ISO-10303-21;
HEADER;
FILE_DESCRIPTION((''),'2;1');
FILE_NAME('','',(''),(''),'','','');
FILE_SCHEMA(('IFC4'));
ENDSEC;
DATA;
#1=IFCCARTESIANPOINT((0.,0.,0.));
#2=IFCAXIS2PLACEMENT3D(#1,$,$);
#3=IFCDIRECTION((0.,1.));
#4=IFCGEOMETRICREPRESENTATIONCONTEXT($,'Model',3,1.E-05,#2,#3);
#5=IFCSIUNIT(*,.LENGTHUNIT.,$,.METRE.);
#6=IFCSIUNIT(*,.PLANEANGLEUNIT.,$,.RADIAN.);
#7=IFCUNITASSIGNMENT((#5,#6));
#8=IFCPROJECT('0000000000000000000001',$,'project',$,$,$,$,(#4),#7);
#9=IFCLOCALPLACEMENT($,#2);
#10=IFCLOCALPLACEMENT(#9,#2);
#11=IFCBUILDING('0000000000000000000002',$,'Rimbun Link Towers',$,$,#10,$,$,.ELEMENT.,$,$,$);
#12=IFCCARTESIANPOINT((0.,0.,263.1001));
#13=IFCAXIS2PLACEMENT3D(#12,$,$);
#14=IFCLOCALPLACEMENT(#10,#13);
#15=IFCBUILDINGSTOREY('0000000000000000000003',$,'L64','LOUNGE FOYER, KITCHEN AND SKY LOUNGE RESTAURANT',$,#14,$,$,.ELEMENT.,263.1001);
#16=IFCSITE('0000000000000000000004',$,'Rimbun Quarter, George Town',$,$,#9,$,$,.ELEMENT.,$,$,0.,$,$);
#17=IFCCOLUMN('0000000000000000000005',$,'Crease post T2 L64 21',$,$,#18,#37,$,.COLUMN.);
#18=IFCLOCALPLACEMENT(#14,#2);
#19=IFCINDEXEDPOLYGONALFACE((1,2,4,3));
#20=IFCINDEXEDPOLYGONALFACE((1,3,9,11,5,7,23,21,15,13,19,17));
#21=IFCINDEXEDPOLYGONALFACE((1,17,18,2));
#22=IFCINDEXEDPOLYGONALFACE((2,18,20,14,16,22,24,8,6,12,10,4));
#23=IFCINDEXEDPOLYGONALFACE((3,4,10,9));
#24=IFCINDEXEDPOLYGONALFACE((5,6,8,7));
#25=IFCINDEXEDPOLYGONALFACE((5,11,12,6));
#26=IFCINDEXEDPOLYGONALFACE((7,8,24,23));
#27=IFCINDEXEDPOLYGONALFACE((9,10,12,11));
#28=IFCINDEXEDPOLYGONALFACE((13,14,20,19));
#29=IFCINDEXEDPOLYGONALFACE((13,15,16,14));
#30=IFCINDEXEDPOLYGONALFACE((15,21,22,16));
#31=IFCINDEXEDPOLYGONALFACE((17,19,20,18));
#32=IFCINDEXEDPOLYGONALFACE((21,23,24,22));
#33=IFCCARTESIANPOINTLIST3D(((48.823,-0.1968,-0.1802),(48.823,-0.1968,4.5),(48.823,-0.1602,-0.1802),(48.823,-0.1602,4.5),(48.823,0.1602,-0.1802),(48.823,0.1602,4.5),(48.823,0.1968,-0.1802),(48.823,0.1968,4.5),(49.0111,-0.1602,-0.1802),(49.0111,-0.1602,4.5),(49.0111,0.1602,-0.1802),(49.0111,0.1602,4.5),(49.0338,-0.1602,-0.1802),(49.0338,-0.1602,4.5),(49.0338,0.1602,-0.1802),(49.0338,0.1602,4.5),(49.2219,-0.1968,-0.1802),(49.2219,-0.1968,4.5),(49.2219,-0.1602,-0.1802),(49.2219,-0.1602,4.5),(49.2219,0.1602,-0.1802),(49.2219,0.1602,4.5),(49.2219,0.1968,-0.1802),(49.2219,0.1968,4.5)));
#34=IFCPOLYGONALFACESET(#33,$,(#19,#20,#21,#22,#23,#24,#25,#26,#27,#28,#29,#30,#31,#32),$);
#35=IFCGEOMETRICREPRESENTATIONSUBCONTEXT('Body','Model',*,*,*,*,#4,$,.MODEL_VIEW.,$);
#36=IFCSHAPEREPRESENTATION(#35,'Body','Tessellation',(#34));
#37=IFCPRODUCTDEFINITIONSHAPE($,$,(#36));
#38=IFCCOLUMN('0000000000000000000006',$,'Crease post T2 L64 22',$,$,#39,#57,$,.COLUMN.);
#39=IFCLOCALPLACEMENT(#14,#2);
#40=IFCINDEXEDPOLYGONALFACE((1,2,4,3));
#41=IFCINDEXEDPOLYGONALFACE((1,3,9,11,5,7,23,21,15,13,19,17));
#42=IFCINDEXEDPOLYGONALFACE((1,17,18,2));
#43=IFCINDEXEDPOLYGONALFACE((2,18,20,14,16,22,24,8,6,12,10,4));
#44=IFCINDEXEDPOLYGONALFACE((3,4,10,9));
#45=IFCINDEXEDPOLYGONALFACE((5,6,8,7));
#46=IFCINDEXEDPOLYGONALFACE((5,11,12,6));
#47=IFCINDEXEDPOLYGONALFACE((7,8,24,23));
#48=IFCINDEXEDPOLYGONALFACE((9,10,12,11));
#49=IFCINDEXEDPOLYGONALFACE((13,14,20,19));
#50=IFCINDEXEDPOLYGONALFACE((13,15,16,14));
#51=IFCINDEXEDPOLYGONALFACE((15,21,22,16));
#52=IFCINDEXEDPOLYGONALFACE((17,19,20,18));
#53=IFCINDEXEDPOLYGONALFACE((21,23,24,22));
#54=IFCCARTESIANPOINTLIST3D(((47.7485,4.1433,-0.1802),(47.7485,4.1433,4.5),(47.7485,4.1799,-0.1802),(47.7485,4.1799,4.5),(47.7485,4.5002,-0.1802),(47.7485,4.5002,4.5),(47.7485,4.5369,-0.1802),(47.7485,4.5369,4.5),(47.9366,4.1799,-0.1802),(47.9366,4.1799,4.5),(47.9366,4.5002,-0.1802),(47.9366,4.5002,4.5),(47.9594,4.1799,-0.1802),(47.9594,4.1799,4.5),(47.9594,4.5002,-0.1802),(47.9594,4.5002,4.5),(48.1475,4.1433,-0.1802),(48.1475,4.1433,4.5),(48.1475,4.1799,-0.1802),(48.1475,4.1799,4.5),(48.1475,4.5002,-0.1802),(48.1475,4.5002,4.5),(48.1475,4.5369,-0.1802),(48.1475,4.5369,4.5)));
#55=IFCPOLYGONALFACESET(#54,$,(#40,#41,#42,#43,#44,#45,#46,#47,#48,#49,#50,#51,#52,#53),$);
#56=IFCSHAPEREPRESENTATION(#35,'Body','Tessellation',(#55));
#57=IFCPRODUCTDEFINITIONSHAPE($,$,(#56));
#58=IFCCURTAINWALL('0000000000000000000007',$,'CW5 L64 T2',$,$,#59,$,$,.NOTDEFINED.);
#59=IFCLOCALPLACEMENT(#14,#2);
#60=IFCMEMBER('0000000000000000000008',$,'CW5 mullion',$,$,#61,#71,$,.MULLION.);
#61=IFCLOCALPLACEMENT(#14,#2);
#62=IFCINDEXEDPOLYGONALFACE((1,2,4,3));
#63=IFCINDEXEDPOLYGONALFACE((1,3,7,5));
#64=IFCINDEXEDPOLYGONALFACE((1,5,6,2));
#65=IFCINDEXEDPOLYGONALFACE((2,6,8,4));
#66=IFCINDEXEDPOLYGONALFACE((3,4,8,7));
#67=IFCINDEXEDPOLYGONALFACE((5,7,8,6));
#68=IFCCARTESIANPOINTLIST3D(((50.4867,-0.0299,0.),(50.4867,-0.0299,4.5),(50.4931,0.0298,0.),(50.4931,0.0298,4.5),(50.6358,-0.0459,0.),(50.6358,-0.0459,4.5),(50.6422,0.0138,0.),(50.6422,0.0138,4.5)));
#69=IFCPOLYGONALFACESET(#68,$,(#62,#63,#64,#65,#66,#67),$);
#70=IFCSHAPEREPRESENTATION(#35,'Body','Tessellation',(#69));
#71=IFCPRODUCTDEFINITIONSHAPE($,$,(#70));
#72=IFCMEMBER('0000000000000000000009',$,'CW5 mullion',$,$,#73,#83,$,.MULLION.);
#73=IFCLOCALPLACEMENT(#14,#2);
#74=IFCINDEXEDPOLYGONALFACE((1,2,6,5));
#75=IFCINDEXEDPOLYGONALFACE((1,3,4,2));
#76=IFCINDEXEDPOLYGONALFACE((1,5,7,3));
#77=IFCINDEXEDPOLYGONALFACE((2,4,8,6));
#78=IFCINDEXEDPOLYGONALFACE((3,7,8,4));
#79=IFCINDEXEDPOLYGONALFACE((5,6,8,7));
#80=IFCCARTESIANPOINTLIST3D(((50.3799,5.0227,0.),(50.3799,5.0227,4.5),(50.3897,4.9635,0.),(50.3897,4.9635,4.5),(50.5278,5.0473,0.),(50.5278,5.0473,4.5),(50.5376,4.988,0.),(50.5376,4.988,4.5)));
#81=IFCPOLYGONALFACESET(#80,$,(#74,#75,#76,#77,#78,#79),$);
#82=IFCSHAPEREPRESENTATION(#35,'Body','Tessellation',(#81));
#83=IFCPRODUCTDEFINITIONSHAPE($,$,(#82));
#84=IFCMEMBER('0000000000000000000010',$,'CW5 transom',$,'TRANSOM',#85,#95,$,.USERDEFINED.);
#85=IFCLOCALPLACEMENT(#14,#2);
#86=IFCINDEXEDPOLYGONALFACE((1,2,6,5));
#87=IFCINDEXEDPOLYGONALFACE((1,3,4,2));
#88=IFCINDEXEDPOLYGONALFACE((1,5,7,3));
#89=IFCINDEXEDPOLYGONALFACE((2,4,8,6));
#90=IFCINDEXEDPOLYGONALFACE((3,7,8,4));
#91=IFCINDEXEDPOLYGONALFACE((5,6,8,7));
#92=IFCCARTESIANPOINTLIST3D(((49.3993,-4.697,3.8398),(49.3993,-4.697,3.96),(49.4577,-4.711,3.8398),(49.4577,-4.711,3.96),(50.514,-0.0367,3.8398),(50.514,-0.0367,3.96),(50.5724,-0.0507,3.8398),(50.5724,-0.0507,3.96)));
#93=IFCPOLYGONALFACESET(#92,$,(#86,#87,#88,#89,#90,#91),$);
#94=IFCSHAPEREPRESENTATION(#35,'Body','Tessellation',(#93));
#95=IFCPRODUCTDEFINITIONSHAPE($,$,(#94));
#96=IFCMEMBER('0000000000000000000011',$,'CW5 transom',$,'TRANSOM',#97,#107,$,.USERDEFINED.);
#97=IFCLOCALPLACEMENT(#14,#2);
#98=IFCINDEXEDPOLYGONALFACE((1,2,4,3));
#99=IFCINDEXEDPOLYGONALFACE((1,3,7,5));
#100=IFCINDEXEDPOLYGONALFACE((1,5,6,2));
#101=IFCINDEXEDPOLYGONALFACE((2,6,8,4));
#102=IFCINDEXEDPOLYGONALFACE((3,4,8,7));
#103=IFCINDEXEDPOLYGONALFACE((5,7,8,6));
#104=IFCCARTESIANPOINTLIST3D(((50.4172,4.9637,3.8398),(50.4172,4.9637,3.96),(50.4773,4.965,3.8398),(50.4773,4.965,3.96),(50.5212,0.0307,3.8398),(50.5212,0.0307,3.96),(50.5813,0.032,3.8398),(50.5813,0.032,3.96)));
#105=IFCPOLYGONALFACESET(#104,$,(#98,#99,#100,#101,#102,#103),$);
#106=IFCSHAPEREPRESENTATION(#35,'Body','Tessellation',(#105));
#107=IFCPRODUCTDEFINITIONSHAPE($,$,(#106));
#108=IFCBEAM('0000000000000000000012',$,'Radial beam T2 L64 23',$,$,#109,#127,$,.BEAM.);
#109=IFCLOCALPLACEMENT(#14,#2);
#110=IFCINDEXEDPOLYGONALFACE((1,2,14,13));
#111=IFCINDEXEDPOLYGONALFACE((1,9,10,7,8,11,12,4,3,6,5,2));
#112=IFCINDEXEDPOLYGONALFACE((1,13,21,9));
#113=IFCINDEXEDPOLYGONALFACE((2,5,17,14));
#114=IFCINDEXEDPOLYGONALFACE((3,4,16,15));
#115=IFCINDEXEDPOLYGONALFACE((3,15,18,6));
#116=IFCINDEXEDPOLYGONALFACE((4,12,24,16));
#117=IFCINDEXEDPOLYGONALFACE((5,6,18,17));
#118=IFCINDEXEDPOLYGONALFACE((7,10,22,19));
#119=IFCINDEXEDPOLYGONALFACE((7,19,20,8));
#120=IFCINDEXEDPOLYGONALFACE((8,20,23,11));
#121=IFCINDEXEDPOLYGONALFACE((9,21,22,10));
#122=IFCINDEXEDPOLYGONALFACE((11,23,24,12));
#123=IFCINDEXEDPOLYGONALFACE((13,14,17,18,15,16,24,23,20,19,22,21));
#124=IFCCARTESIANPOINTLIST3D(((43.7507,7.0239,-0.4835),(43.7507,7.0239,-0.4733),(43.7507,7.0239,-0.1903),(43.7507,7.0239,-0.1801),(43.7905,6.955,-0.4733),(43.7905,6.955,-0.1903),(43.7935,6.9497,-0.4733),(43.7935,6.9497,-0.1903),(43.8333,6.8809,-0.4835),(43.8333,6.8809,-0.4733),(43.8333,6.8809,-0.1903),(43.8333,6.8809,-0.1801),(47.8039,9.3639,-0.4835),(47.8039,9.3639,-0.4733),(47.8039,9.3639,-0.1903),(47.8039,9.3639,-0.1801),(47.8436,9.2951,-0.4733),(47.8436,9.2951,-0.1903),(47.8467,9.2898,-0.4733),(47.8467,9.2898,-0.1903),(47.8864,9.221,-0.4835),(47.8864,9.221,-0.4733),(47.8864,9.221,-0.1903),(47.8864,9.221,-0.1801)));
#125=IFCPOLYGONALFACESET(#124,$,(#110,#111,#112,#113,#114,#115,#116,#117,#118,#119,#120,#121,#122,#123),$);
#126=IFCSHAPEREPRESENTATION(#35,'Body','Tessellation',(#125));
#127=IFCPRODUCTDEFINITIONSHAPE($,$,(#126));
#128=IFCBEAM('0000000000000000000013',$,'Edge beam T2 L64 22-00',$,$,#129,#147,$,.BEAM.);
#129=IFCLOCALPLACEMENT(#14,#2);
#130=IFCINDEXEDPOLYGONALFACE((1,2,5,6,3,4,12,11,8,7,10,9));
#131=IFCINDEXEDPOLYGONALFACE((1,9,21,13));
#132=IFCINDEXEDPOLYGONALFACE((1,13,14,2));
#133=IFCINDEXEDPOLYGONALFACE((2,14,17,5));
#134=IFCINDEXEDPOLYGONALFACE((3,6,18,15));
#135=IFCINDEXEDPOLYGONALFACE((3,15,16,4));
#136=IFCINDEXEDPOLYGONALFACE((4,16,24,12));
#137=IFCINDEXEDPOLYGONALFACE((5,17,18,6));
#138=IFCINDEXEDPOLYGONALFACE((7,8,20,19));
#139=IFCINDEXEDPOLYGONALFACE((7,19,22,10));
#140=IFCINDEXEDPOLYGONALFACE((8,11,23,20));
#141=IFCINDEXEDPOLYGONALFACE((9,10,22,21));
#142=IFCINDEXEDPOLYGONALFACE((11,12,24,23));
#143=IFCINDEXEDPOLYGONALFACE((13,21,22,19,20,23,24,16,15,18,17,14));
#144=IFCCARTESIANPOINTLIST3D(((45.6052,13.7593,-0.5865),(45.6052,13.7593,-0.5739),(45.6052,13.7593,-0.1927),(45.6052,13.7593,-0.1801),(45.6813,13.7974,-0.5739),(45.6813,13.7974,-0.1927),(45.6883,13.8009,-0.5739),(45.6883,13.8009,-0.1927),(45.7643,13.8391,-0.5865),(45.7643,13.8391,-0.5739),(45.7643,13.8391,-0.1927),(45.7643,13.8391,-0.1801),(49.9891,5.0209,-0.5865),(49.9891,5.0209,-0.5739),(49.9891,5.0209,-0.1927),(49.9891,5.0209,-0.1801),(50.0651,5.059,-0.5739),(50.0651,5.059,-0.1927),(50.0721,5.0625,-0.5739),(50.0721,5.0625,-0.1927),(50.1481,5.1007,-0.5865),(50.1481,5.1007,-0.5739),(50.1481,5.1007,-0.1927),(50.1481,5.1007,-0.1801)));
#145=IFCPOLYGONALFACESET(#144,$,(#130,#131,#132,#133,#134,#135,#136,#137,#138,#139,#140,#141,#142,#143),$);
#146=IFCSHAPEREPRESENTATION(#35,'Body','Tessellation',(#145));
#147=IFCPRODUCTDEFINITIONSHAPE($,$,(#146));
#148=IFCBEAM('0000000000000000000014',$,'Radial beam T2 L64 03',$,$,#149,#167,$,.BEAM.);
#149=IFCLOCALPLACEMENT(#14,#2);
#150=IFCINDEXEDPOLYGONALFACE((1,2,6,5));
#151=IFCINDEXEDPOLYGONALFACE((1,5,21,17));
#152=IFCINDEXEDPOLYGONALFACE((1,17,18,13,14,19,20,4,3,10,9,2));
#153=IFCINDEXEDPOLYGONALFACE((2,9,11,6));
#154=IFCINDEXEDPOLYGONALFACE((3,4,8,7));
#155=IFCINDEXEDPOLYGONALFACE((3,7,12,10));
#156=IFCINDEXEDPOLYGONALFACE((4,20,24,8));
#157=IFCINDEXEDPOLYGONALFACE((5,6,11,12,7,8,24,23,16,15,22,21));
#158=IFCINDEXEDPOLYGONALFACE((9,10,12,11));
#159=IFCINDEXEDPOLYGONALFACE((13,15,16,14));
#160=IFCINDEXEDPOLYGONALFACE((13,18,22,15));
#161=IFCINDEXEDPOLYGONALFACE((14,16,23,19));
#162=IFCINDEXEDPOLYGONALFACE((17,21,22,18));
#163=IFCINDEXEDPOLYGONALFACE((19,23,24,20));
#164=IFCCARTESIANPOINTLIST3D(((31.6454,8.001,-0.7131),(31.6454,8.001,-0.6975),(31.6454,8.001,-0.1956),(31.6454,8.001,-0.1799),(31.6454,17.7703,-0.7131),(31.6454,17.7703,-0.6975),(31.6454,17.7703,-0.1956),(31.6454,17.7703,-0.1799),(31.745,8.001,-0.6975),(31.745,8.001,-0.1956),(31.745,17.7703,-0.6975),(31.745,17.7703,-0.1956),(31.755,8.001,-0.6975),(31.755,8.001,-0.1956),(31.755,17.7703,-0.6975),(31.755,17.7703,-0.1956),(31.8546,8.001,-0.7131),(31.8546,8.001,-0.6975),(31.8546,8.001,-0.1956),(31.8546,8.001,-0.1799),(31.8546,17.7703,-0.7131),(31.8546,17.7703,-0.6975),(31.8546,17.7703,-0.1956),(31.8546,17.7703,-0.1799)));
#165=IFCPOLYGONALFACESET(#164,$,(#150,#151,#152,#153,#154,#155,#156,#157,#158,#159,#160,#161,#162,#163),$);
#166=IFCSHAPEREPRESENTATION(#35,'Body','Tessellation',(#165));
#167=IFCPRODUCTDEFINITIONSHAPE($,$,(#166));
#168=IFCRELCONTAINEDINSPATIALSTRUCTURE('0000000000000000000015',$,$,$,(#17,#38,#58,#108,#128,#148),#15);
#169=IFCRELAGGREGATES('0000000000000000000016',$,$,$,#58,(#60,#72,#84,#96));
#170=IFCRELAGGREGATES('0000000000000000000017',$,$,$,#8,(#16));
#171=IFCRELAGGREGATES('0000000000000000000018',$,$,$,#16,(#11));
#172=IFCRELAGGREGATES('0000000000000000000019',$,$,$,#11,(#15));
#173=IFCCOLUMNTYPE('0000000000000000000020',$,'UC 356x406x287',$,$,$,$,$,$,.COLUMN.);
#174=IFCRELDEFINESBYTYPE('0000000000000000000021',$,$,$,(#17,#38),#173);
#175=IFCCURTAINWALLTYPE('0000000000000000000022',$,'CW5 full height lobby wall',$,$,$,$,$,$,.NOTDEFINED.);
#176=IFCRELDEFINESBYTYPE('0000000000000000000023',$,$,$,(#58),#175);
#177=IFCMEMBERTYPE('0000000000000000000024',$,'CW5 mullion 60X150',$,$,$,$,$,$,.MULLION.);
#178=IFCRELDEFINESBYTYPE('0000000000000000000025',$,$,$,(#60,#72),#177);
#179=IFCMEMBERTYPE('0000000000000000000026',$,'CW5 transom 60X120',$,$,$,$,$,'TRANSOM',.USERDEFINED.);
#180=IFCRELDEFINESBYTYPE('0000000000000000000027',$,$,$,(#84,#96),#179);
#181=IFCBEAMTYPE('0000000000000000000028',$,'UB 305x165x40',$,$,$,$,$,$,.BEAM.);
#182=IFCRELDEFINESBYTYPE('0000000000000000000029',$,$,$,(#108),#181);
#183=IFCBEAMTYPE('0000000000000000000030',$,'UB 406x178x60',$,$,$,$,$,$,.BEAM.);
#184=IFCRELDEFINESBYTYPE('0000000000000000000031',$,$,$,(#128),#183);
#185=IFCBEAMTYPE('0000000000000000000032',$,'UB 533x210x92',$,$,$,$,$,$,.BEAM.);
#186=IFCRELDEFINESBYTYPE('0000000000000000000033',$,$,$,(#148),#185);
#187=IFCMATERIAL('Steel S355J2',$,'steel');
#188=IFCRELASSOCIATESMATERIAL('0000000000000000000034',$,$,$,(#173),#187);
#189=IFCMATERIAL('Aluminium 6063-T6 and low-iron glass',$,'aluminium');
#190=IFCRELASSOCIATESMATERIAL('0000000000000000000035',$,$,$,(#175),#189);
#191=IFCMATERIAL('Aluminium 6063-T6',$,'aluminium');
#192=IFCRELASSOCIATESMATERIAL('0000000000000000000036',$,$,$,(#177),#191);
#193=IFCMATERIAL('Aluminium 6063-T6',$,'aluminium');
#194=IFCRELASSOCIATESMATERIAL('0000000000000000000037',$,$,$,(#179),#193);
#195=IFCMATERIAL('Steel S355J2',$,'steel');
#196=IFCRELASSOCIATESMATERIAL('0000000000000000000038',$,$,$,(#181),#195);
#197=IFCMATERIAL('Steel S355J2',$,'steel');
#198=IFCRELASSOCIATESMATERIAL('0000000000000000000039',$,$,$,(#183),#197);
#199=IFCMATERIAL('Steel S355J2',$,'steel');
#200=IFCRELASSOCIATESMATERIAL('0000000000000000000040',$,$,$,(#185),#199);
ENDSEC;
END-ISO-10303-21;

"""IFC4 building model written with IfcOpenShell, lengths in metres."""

from ifc_helpers import new_model, si_unit, direction, frame, origin, origin_2d, place, context, subcontext, project, spatial, rectangle, i_section, extrude, material, material_profile, profile_set, type_object, element, aggregate, save


model = new_model("IFC4")

# Units and contexts
model_context = context("Model", 3, precision=1e-05, world=origin(), true_north=direction((0.0, 1.0)))
body_context = subcontext(model_context, "Body", "Model", "MODEL_VIEW")
ifc_project = project(units=[si_unit("LENGTHUNIT", "METRE"), si_unit("PLANEANGLEUNIT", "RADIAN")], contexts=[model_context])

# Site, building, storey
site_placement = place(None, origin())
site = spatial("IfcSite", under=ifc_project, at=site_placement, Name="Rimbun Quarter, George Town", CompositionType="ELEMENT", RefElevation=0.0)
building_placement = place(site_placement, origin())
building = spatial("IfcBuilding", under=site, at=building_placement, Name="Rimbun Link Towers", CompositionType="ELEMENT")
storey_placement = place(building_placement, frame((0.0, 0.0, 263.1001)))
storey = spatial("IfcBuildingStorey", under=building, at=storey_placement, Name="L64", Description="LOUNGE FOYER, KITCHEN AND SKY LOUNGE RESTAURANT", CompositionType="ELEMENT", Elevation=263.1001)

# Columns
ifc_material_1 = material(Name="Steel S355J2", Category="steel")
ifc_material_profile_1 = material_profile(ifc_material_1, i_section(OverallWidth=0.3989, OverallDepth=0.3936, WebThickness=0.0227, FlangeThickness=0.0366, at=origin_2d()), Name="UC 356x406x287")
ifc_profile_set_1 = profile_set([ifc_material_profile_1], Name="Steel S355J2")
column_type = type_object("IfcColumnType", Name="UC 356x406x287", PredefinedType="COLUMN", material=ifc_profile_set_1)
for number, where, z_axis, x_axis, name in (
    (1, (49.0225, 0.0, -0.1802), (0.0, 0.0, 1.0), (1.0, 0.0, 0.0), "Crease post T2 L64 21"),
    (2, (47.948, 4.3401, -0.1802), (0.0, 0.0, 1.0), (1.0, 0.0, 0.0), "Crease post T2 L64 22"),
):
    element("IfcColumn", number, at=place(storey_placement, frame(where, z_axis=z_axis, x_axis=x_axis)), inside=storey, type_object=column_type, Name=name, PredefinedType="COLUMN", context=body_context, shape_type="SweptSolid", body=[
        extrude(i_section(OverallWidth=0.3989, OverallDepth=0.3936, WebThickness=0.0227, FlangeThickness=0.0366, at=origin_2d()), origin(), (0.0, 0.0, 1.0), 4.6802),
    ])

# Curtain wall, members
ifc_material_2 = material(Name="Aluminium 6063-T6 and low-iron glass", Category="aluminium")
curtain_wall_type = type_object("IfcCurtainWallType", Name="CW5 full height lobby wall", PredefinedType="NOTDEFINED", material=ifc_material_2)
curtain_wall_placement = place(storey_placement, origin())
curtain_wall = element("IfcCurtainWall", 3, at=curtain_wall_placement, inside=storey, type_object=curtain_wall_type, Name="CW5 L64 T2", PredefinedType="NOTDEFINED")
ifc_material_3 = material(Name="Aluminium 6063-T6", Category="aluminium")
ifc_material_profile_2 = material_profile(ifc_material_3, rectangle(XDim=0.1499, YDim=0.0601, at=origin_2d()), Name="MULLION 60X150")
ifc_profile_set_2 = profile_set([ifc_material_profile_2], Name="Aluminium 6063-T6")
member_type_1 = type_object("IfcMemberType", Name="CW5 mullion 60X150", PredefinedType="MULLION", material=ifc_profile_set_2)
member_1_placement = place(storey_placement, frame((50.5645, -0.0081, 0.0), z_axis=(0.0, 0.0, 1.0), x_axis=(0.994297, -0.106642, 0.0)))
member_1 = element("IfcMember", 4, at=member_1_placement, type_object=member_type_1, Name="CW5 mullion", PredefinedType="MULLION", context=body_context, shape_type="SweptSolid", body=[
    extrude(rectangle(XDim=0.1499, YDim=0.0601, at=origin_2d()), origin(), (0.0, 0.0, 1.0), 4.5),
])
member_2_placement = place(storey_placement, frame((50.4587, 5.0054, 0.0), z_axis=(0.0, 0.0, 1.0), x_axis=(0.986502, 0.163751, 0.0)))
member_2 = element("IfcMember", 5, at=member_2_placement, type_object=member_type_1, Name="CW5 mullion", PredefinedType="MULLION", context=body_context, shape_type="SweptSolid", body=[
    extrude(rectangle(XDim=0.1499, YDim=0.0601, at=origin_2d()), origin(), (0.0, 0.0, 1.0), 4.5),
])
ifc_material_4 = material(Name="Aluminium 6063-T6", Category="aluminium")
ifc_material_profile_3 = material_profile(ifc_material_4, rectangle(XDim=0.0601, YDim=0.1201, at=origin_2d()), Name="TRANSOM 60X120")
ifc_profile_set_3 = profile_set([ifc_material_profile_3], Name="Aluminium 6063-T6")
member_type_2 = type_object("IfcMemberType", Name="CW5 transom 60X120", ElementType="TRANSOM", PredefinedType="USERDEFINED", material=ifc_profile_set_3)
member_3_placement = place(storey_placement, frame((50.5432, -0.0437, 3.8999), z_axis=(-0.232633, -0.972565, 0.0), x_axis=(0.972565, -0.232633, 0.0)))
member_3 = element("IfcMember", 6, at=member_3_placement, type_object=member_type_2, Name="CW5 transom", ObjectType="TRANSOM", PredefinedType="USERDEFINED", context=body_context, shape_type="SweptSolid", body=[
    extrude(rectangle(XDim=0.0601, YDim=0.1201, at=origin_2d()), origin(), (0.0, 0.0, 1.0), 4.7917),
])
member_4_placement = place(storey_placement, frame((50.4473, 4.9644, 3.8999), z_axis=(0.021078, -0.999778, 0.0), x_axis=(0.999778, 0.021078, 0.0)))
member_4 = element("IfcMember", 7, at=member_4_placement, type_object=member_type_2, Name="CW5 transom", ObjectType="TRANSOM", PredefinedType="USERDEFINED", context=body_context, shape_type="SweptSolid", body=[
    extrude(rectangle(XDim=0.0601, YDim=0.1201, at=origin_2d()), origin(), (0.0, 0.0, 1.0), 4.9341),
])

# Beams
ifc_material_5 = material(Name="Steel S355J2", Category="steel")
ifc_material_profile_4 = material_profile(ifc_material_5, i_section(OverallWidth=0.165, OverallDepth=0.3035, WebThickness=0.0061, FlangeThickness=0.0103, at=origin_2d()), Name="UB 305x165x40")
ifc_profile_set_4 = profile_set([ifc_material_profile_4], Name="Steel S355J2")
beam_type_1 = type_object("IfcBeamType", Name="UB 305x165x40", PredefinedType="BEAM", material=ifc_profile_set_4)
beam_1_placement = place(storey_placement, frame((43.792, 6.9524, -0.3318), z_axis=(0.866029, 0.499993, 0.0), x_axis=(-0.499993, 0.866029, 0.0)))
element("IfcBeam", 8, at=beam_1_placement, inside=storey, type_object=beam_type_1, Name="Radial beam T2 L64 23", PredefinedType="BEAM", context=body_context, shape_type="SweptSolid", body=[
    extrude(i_section(OverallWidth=0.165, OverallDepth=0.3035, WebThickness=0.0061, FlangeThickness=0.0103, at=origin_2d()), origin(), (0.0, 0.0, 1.0), 4.6802),
])
ifc_material_6 = material(Name="Steel S355J2", Category="steel")
ifc_material_profile_5 = material_profile(ifc_material_6, i_section(OverallWidth=0.178, OverallDepth=0.4065, WebThickness=0.0078, FlangeThickness=0.0127, at=origin_2d()), Name="UB 406x178x60")
ifc_profile_set_5 = profile_set([ifc_material_profile_5], Name="Steel S355J2")
beam_type_2 = type_object("IfcBeamType", Name="UB 406x178x60", PredefinedType="BEAM", material=ifc_profile_set_5)
beam_2_placement = place(storey_placement, frame((50.0686, 5.0608, -0.3833), z_axis=(-0.448412, 0.893827, 0.0), x_axis=(-0.893827, -0.448412, 0.0)))
element("IfcBeam", 9, at=beam_2_placement, inside=storey, type_object=beam_type_2, Name="Edge beam T2 L64 22-00", PredefinedType="BEAM", context=body_context, shape_type="SweptSolid", body=[
    extrude(i_section(OverallWidth=0.178, OverallDepth=0.4065, WebThickness=0.0078, FlangeThickness=0.0127, at=origin_2d()), origin(), (0.0, 0.0, 1.0), 9.7764),
])
ifc_material_7 = material(Name="Steel S355J2", Category="steel")
ifc_material_profile_6 = material_profile(ifc_material_7, i_section(OverallWidth=0.2092, OverallDepth=0.5332, WebThickness=0.01, FlangeThickness=0.0156, at=origin_2d()), Name="UB 533x210x92")
ifc_profile_set_6 = profile_set([ifc_material_profile_6], Name="Steel S355J2")
beam_type_3 = type_object("IfcBeamType", Name="UB 533x210x92", PredefinedType="BEAM", material=ifc_profile_set_6)
beam_3_placement = place(storey_placement, frame((31.75, 8.001, -0.4465), z_axis=(0.0, 1.0, 0.0), x_axis=(-1.0, 0.0, 0.0)))
element("IfcBeam", 10, at=beam_3_placement, inside=storey, type_object=beam_type_3, Name="Radial beam T2 L64 03", PredefinedType="BEAM", context=body_context, shape_type="SweptSolid", body=[
    extrude(i_section(OverallWidth=0.2092, OverallDepth=0.5332, WebThickness=0.01, FlangeThickness=0.0156, at=origin_2d()), origin(), (0.0, 0.0, 1.0), 9.7693),
])

aggregate(curtain_wall, [member_1, member_2, member_3, member_4])

save(model, "model.ifc")
